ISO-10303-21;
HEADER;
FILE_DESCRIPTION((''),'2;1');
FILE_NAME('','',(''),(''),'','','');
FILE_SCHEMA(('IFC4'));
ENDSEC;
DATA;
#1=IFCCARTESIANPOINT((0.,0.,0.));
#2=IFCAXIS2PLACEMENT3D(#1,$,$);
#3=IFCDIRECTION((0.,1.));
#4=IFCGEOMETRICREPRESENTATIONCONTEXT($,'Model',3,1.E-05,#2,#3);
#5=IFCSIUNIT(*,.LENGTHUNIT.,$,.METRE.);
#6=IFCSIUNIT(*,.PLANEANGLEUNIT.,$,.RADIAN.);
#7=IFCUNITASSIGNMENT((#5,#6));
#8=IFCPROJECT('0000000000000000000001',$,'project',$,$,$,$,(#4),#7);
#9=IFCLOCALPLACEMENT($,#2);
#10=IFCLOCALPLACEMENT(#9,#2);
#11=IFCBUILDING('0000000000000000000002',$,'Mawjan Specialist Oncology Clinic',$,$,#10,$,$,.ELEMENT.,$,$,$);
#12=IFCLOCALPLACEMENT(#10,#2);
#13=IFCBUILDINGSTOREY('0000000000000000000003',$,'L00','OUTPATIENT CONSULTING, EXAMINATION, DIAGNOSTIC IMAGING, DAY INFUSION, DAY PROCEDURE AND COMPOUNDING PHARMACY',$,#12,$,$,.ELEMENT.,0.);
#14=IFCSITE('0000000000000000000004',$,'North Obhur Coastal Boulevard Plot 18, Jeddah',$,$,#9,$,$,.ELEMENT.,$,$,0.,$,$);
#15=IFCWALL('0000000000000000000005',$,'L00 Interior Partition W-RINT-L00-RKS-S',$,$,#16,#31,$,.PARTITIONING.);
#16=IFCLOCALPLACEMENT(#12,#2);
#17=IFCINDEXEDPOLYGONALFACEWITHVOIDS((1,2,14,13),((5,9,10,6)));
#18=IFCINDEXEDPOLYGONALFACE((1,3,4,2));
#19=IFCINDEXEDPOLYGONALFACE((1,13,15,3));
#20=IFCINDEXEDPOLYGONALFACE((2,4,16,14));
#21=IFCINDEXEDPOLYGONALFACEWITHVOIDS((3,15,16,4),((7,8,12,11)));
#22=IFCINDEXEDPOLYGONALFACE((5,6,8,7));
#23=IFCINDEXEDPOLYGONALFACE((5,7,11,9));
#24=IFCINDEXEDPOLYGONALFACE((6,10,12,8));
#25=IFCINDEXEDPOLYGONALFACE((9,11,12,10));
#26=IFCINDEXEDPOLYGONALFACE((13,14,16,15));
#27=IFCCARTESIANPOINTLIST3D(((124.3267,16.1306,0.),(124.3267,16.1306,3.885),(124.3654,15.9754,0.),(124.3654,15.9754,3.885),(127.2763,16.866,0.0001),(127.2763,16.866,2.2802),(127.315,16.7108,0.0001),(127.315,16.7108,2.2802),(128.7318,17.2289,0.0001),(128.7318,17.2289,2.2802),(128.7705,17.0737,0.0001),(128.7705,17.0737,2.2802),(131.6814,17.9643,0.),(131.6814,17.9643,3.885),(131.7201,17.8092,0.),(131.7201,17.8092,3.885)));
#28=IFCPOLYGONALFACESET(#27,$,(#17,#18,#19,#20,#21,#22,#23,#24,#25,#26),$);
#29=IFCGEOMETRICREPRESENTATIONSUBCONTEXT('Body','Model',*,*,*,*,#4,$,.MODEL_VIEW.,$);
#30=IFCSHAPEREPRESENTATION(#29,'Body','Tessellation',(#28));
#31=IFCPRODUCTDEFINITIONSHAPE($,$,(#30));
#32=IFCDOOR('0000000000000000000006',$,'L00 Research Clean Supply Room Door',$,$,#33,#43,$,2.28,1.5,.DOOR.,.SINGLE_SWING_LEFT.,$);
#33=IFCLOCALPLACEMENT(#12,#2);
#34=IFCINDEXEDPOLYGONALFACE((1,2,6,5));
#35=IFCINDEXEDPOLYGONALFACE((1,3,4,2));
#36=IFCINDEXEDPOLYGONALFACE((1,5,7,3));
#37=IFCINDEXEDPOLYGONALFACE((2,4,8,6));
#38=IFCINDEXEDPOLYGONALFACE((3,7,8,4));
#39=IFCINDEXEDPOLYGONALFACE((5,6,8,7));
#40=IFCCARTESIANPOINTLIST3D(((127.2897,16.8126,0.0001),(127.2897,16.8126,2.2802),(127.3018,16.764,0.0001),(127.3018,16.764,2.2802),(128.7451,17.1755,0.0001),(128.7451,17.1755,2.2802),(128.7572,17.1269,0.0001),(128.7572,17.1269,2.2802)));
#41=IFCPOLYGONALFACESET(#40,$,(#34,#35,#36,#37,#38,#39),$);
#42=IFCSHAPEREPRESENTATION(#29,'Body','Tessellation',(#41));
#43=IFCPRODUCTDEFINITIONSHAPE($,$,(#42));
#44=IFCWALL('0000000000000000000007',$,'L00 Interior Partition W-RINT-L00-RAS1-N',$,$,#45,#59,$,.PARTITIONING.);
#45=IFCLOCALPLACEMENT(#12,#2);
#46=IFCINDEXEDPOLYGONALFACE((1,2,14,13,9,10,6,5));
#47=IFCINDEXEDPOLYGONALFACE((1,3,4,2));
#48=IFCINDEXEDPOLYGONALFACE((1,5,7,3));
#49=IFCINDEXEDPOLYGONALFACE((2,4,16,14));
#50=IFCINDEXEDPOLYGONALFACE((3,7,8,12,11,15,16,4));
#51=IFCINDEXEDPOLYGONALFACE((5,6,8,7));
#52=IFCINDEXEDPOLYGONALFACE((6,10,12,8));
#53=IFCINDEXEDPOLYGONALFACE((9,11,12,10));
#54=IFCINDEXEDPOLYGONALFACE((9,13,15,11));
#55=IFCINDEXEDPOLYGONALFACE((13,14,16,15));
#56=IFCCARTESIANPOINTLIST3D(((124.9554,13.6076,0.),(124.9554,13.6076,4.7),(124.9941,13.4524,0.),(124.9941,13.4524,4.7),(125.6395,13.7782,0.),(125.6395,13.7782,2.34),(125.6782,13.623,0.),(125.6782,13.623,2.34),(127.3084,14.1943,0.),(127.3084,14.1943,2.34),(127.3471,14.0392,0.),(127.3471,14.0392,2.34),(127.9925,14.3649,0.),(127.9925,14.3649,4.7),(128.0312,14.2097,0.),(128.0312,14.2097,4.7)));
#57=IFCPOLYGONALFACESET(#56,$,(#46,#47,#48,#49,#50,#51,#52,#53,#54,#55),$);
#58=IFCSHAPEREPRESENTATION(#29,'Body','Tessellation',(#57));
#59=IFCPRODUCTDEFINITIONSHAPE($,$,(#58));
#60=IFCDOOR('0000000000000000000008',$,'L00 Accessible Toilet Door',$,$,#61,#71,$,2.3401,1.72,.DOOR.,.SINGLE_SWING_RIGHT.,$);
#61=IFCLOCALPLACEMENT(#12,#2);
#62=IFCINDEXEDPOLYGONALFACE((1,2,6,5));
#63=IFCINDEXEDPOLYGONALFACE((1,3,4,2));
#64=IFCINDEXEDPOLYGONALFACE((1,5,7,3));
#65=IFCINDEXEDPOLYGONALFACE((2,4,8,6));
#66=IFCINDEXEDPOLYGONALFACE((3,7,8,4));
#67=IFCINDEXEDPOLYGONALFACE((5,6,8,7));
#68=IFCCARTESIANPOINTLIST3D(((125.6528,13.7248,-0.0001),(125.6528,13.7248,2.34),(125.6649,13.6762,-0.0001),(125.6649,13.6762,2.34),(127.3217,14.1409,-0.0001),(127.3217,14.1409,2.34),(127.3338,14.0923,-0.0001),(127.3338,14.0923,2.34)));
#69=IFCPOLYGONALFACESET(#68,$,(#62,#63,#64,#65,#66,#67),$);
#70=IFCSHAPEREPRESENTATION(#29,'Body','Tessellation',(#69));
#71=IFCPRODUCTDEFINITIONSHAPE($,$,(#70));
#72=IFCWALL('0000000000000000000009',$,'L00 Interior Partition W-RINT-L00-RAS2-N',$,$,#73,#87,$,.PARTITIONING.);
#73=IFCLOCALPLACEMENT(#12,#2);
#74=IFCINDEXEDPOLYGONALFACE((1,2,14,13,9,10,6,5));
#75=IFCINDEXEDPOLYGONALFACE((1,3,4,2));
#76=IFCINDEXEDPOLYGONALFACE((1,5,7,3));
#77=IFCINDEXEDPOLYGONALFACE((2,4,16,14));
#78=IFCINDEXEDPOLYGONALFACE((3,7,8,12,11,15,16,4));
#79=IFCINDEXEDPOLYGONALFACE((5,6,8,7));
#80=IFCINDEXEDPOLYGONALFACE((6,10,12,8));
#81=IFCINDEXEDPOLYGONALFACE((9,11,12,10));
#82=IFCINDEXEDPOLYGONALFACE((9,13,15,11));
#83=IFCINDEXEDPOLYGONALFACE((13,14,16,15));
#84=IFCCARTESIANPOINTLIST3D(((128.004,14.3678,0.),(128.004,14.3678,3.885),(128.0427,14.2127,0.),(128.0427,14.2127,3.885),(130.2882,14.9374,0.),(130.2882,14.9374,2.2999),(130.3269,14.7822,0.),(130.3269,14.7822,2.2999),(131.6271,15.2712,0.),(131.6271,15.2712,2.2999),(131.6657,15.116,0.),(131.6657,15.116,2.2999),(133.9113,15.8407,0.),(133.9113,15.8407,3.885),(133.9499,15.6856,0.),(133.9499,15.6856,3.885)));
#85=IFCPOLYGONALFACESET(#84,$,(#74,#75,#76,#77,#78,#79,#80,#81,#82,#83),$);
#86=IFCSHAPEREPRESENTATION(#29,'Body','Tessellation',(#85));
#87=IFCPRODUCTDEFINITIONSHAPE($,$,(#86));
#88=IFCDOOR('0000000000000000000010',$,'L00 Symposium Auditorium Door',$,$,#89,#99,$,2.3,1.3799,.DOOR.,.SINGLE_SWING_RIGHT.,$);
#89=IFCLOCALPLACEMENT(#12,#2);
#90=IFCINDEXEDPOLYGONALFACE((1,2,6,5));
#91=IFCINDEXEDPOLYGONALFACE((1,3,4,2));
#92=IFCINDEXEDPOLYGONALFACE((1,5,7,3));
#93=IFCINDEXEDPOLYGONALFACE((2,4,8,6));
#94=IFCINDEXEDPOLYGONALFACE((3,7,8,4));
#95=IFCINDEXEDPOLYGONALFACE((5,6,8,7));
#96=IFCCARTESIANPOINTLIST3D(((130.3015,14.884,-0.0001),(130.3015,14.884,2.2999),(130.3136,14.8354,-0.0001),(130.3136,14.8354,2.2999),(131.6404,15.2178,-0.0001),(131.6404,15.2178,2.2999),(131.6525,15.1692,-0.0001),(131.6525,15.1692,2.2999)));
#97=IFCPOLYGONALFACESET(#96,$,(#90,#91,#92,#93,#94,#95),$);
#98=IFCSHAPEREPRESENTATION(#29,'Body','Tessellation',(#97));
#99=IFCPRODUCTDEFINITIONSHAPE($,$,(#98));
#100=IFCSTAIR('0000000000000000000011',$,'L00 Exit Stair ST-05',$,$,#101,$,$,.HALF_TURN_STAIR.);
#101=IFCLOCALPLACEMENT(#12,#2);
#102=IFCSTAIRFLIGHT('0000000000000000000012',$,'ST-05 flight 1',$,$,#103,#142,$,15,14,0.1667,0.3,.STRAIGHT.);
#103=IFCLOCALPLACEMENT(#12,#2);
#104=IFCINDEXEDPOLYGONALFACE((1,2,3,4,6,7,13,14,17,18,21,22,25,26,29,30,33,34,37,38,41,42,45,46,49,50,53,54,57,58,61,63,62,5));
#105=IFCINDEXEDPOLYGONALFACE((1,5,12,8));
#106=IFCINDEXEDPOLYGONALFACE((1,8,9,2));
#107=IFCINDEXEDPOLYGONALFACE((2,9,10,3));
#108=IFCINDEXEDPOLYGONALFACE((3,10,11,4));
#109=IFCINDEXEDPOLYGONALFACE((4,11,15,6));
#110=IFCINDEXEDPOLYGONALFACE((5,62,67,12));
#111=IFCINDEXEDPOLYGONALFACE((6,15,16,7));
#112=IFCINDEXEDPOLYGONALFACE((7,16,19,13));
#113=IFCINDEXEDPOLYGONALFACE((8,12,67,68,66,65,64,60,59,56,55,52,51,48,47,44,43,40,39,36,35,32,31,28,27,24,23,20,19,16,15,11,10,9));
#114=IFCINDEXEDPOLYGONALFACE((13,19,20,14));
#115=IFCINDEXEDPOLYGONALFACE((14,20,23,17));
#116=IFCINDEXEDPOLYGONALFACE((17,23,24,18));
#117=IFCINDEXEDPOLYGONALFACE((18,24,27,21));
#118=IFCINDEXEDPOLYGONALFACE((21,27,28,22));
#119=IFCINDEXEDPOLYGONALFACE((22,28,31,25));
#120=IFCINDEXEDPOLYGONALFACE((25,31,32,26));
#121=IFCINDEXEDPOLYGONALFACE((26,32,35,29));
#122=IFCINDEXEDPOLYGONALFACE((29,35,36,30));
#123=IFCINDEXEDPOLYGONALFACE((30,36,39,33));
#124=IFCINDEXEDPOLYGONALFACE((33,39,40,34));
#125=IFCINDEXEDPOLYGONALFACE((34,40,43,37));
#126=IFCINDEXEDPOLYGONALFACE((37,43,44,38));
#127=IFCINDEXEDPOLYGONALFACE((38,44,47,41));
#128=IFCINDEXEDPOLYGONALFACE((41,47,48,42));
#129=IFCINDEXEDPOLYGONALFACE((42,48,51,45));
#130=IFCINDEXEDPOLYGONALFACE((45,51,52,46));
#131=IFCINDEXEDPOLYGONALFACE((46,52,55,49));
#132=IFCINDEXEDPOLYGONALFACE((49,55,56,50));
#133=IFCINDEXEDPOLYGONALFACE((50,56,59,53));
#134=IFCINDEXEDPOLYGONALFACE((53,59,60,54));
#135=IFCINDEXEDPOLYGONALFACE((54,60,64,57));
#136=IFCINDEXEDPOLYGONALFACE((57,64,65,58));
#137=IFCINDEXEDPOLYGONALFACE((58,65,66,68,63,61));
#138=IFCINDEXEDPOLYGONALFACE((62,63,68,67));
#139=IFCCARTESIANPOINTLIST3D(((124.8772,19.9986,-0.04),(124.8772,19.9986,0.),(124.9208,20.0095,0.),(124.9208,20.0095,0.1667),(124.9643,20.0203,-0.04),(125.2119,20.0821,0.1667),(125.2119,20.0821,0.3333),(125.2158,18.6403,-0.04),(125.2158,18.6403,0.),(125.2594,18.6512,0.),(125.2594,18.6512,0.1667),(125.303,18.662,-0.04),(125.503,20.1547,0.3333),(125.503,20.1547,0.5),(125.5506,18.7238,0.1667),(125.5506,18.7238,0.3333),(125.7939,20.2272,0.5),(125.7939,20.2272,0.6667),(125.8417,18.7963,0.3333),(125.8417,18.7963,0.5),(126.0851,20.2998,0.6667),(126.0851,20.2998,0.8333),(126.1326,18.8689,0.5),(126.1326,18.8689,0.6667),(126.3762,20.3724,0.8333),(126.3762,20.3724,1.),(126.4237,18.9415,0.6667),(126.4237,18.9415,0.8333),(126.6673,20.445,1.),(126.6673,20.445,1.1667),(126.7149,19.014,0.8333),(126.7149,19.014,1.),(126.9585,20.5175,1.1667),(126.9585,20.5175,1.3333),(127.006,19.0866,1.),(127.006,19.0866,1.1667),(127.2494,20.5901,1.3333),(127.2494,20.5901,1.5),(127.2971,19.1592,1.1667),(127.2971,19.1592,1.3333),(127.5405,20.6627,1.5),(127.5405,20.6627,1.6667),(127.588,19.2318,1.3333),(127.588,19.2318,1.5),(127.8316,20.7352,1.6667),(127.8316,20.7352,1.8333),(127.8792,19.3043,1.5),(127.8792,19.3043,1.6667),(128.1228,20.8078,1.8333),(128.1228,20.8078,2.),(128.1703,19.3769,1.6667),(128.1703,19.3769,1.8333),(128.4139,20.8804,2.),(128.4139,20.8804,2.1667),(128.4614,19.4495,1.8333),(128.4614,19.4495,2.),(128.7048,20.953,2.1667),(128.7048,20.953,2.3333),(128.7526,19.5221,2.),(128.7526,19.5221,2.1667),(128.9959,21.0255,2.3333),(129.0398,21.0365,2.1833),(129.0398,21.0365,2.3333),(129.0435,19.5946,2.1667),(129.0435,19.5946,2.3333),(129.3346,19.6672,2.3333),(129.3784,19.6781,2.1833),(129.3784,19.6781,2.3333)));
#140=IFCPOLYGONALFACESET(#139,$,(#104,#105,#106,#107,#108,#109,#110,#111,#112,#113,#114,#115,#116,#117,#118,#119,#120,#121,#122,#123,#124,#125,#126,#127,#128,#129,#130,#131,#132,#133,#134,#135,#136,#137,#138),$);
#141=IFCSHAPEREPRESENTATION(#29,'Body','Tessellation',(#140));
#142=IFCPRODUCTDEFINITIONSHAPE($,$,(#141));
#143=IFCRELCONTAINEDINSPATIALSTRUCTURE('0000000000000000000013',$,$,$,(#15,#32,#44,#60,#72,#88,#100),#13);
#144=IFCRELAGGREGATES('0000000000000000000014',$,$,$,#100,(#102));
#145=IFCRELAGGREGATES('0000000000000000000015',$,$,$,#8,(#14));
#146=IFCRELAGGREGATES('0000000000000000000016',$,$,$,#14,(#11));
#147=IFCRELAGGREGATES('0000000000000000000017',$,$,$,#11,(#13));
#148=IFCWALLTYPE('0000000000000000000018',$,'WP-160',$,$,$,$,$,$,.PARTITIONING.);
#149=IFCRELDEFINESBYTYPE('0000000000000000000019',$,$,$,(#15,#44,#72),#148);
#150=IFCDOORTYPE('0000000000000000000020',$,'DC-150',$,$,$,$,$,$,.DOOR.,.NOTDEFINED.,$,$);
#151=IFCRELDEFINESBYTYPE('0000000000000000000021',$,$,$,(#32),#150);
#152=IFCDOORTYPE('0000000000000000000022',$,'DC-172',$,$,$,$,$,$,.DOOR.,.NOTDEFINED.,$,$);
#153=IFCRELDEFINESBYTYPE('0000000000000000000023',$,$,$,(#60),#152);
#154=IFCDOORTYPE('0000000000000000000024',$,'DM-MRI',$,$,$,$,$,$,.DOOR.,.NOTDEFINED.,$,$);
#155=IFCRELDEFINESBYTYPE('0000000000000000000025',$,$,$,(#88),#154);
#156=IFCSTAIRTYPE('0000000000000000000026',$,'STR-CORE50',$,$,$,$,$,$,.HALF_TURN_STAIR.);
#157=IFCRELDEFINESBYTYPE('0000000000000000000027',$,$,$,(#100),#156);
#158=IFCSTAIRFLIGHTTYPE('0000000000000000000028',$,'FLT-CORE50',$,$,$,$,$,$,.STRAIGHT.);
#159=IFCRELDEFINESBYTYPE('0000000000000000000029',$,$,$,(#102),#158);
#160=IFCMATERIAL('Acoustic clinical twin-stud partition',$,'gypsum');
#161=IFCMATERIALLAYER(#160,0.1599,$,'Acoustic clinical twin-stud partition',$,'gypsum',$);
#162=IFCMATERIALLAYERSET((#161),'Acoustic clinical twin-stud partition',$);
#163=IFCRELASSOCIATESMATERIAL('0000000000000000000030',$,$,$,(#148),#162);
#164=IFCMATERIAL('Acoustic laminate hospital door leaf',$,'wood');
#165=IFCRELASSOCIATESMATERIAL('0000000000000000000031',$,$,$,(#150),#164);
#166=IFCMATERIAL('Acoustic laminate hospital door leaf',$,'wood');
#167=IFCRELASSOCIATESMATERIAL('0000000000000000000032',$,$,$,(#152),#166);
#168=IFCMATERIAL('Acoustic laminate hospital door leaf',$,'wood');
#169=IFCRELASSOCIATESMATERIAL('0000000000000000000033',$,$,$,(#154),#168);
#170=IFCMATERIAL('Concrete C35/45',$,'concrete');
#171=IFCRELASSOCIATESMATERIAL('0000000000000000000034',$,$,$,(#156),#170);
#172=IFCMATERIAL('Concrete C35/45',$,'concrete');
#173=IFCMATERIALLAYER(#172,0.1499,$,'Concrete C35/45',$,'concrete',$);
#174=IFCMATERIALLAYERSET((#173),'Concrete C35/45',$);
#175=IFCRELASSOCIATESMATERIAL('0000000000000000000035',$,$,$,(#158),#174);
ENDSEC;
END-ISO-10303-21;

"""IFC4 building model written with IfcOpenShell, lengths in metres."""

from ifc_helpers import new_model, si_unit, direction, frame, frame_2d, origin, place, context, subcontext, project, spatial, polyline, rectangle, outline, extrude, material, layer, layer_set, type_object, element, fill, aggregate, save


model = new_model("IFC4")

# Units and contexts
model_context = context("Model", 3, precision=1e-05, world=origin(), true_north=direction((0.0, 1.0)))
body_context = subcontext(model_context, "Body", "Model", "MODEL_VIEW")
ifc_project = project(units=[si_unit("LENGTHUNIT", "METRE"), si_unit("PLANEANGLEUNIT", "RADIAN")], contexts=[model_context])

# Site, building, storey
site_placement = place(None, origin())
site = spatial("IfcSite", under=ifc_project, at=site_placement, Name="North Obhur Coastal Boulevard Plot 18, Jeddah", CompositionType="ELEMENT", RefElevation=0.0)
building_placement = place(site_placement, origin())
building = spatial("IfcBuilding", under=site, at=building_placement, Name="Mawjan Specialist Oncology Clinic", CompositionType="ELEMENT")
storey_placement = place(building_placement, origin())
storey = spatial("IfcBuildingStorey", under=building, at=storey_placement, Name="L00", Description="OUTPATIENT CONSULTING, EXAMINATION, DIAGNOSTIC IMAGING, DAY INFUSION, DAY PROCEDURE AND COMPOUNDING PHARMACY", CompositionType="ELEMENT", Elevation=0.0)

# Walls, openings, doors
ifc_material_1 = material(Name="Acoustic clinical twin-stud partition", Category="gypsum")
ifc_layer_1 = layer(ifc_material_1, 0.1599, Name="Acoustic clinical twin-stud partition", Category="gypsum")
ifc_layer_set_1 = layer_set([ifc_layer_1], Name="Acoustic clinical twin-stud partition")
wall_type_1 = type_object("IfcWallType", Name="WP-160", PredefinedType="PARTITIONING", material=ifc_layer_set_1)
wall_1_placement = place(storey_placement, frame((124.3459, 16.053, 0.0), z_axis=(0.0, 0.0, 1.0), x_axis=(0.970296, 0.241922, 0.0)))
wall_1 = element("IfcWall", 1, at=wall_1_placement, inside=storey, type_object=wall_type_1, Name="L00 Interior Partition W-RINT-L00-RKS-S", PredefinedType="PARTITIONING", context=body_context, shape_type="SweptSolid", body=[
    extrude(rectangle(XDim=7.5798, YDim=0.1599, at=frame_2d((3.79, 0.0))), origin(), (0.0, 0.0, 1.0), 3.885),
])
opening_1_placement = place(wall_1_placement, frame((3.04, 0.0, 0.0)))
opening_1 = element("IfcOpeningElement", 2, at=opening_1_placement, cuts=wall_1, PredefinedType="OPENING", context=body_context, shape_type="SweptSolid", body=[
    extrude(rectangle(XDim=1.5, YDim=2.28, at=frame_2d((0.75, 1.1401))), frame((0.0, 0.092, 0.0), z_axis=(0.0, -1.0, 0.0), x_axis=(1.0, 0.0, 0.0)), (0.0, 0.0, 1.0), 0.1838),
])
ifc_material_2 = material(Name="Acoustic laminate hospital door leaf", Category="wood")
door_type_1 = type_object("IfcDoorType", Name="DC-150", OperationType="NOTDEFINED", PredefinedType="DOOR", material=ifc_material_2)
door_1_placement = place(opening_1_placement, origin())
door_1 = element("IfcDoor", 3, at=door_1_placement, inside=storey, type_object=door_type_1, Name="L00 Research Clean Supply Room Door", OperationType="SINGLE_SWING_LEFT", OverallHeight=2.28, OverallWidth=1.5, PredefinedType="DOOR", context=body_context, shape_type="SweptSolid", body=[
    extrude(rectangle(XDim=1.5, YDim=2.28, at=frame_2d((0.75, 1.1401))), frame((0.0, 0.0249, 0.0), z_axis=(0.0, -1.0, 0.0), x_axis=(1.0, 0.0, 0.0)), (0.0, 0.0, 1.0), 0.05),
])
fill(opening_1, door_1)
wall_2_placement = place(storey_placement, frame((124.9749, 13.53, 0.0), z_axis=(0.0, 0.0, 1.0), x_axis=(0.970289, 0.241948, 0.0)))
wall_2 = element("IfcWall", 4, at=wall_2_placement, inside=storey, type_object=wall_type_1, Name="L00 Interior Partition W-RINT-L00-RAS1-N", PredefinedType="PARTITIONING", context=body_context, shape_type="SweptSolid", body=[
    extrude(rectangle(XDim=3.1301, YDim=0.1599, at=frame_2d((1.5649, 0.0))), origin(), (0.0, 0.0, 1.0), 4.7),
])
opening_2_placement = place(wall_2_placement, frame((0.7051, 0.0, 0.0)))
opening_2 = element("IfcOpeningElement", 5, at=opening_2_placement, cuts=wall_2, PredefinedType="OPENING", context=body_context, shape_type="SweptSolid", body=[
    extrude(rectangle(XDim=1.72, YDim=2.3401, at=frame_2d((0.8599, 1.1699))), frame((0.0, 0.092, 0.0), z_axis=(0.0, -1.0, 0.0), x_axis=(1.0, 0.0, 0.0)), (0.0, 0.0, 1.0), 0.1838),
])
ifc_material_3 = material(Name="Acoustic laminate hospital door leaf", Category="wood")
door_type_2 = type_object("IfcDoorType", Name="DC-172", OperationType="NOTDEFINED", PredefinedType="DOOR", material=ifc_material_3)
door_2_placement = place(opening_2_placement, origin())
door_2 = element("IfcDoor", 6, at=door_2_placement, inside=storey, type_object=door_type_2, Name="L00 Accessible Toilet Door", OperationType="SINGLE_SWING_RIGHT", OverallHeight=2.3401, OverallWidth=1.72, PredefinedType="DOOR", context=body_context, shape_type="SweptSolid", body=[
    extrude(rectangle(XDim=1.72, YDim=2.3401, at=frame_2d((0.8599, 1.1699))), frame((0.0, 0.0249, 0.0), z_axis=(0.0, -1.0, 0.0), x_axis=(1.0, 0.0, 0.0)), (0.0, 0.0, 1.0), 0.05),
])
fill(opening_2, door_2)
wall_3_placement = place(storey_placement, frame((128.0234, 14.2903, 0.0), z_axis=(0.0, 0.0, 1.0), x_axis=(0.970293, 0.241932, 0.0)))
wall_3 = element("IfcWall", 7, at=wall_3_placement, inside=storey, type_object=wall_type_1, Name="L00 Interior Partition W-RINT-L00-RAS2-N", PredefinedType="PARTITIONING", context=body_context, shape_type="SweptSolid", body=[
    extrude(rectangle(XDim=6.0881, YDim=0.1599, at=frame_2d((3.0439, 0.0))), origin(), (0.0, 0.0, 1.0), 3.885),
])
opening_3_placement = place(wall_3_placement, frame((2.354, 0.0, 0.0)))
opening_3 = element("IfcOpeningElement", 8, at=opening_3_placement, cuts=wall_3, PredefinedType="OPENING", context=body_context, shape_type="SweptSolid", body=[
    extrude(rectangle(XDim=1.3799, YDim=2.3, at=frame_2d((0.6899, 1.1499))), frame((0.0, 0.092, 0.0), z_axis=(0.0, -1.0, 0.0), x_axis=(1.0, 0.0, 0.0)), (0.0, 0.0, 1.0), 0.1838),
])
ifc_material_4 = material(Name="Acoustic laminate hospital door leaf", Category="wood")
door_type_3 = type_object("IfcDoorType", Name="DM-MRI", OperationType="NOTDEFINED", PredefinedType="DOOR", material=ifc_material_4)
door_3_placement = place(opening_3_placement, origin())
door_3 = element("IfcDoor", 9, at=door_3_placement, inside=storey, type_object=door_type_3, Name="L00 Symposium Auditorium Door", OperationType="SINGLE_SWING_RIGHT", OverallHeight=2.3, OverallWidth=1.3799, PredefinedType="DOOR", context=body_context, shape_type="SweptSolid", body=[
    extrude(rectangle(XDim=1.3799, YDim=2.3, at=frame_2d((0.6899, 1.1499))), frame((0.0, 0.0249, 0.0), z_axis=(0.0, -1.0, 0.0), x_axis=(1.0, 0.0, 0.0)), (0.0, 0.0, 1.0), 0.05),
])
fill(opening_3, door_3)

# Stair, stair flight
ifc_material_5 = material(Name="Concrete C35/45", Category="concrete")
stair_type = type_object("IfcStairType", Name="STR-CORE50", PredefinedType="HALF_TURN_STAIR", material=ifc_material_5)
stair_placement = place(storey_placement, origin())
stair = element("IfcStair", 10, at=stair_placement, inside=storey, type_object=stair_type, Name="L00 Exit Stair ST-05", PredefinedType="HALF_TURN_STAIR")
ifc_material_6 = material(Name="Concrete C35/45", Category="concrete")
ifc_layer_2 = layer(ifc_material_6, 0.1499, Name="Concrete C35/45", Category="concrete")
ifc_layer_set_2 = layer_set([ifc_layer_2], Name="Concrete C35/45")
stair_flight_type = type_object("IfcStairFlightType", Name="FLT-CORE50", PredefinedType="STRAIGHT", material=ifc_layer_set_2)
stair_flight_placement = place(storey_placement, frame((125.0901, 19.3303, 0.0), z_axis=(0.0, 0.0, 1.0), x_axis=(0.970296, 0.241922, 0.0)))
stair_flight = element("IfcStairFlight", 11, at=stair_flight_placement, type_object=stair_flight_type, Name="ST-05 flight 1", NumberOfRisers=15, NumberOfTreads=14, PredefinedType="STRAIGHT", RiserHeight=0.1667, TreadLength=0.3, context=body_context, shape_type="SweptSolid", body=[
    extrude(outline(polyline([(-0.0449, -0.04), (-0.0449, 0.0), (0.0, 0.0), (0.0, 0.1667), (0.3, 0.1667), (0.3, 0.3333), (0.6001, 0.3333), (0.6001, 0.5), (0.8999, 0.5), (0.8999, 0.6667), (1.2, 0.6667), (1.2, 0.8333), (1.5, 0.8333), (1.5, 1.0), (1.8, 1.0), (1.8, 1.1667), (2.1001, 1.1667), (2.1001, 1.3333), (2.3999, 1.3333), (2.3999, 1.5), (2.7, 1.5), (2.7, 1.6667), (3.0, 1.6667), (3.0, 1.8333), (3.3, 1.8333), (3.3, 2.0), (3.6001, 2.0), (3.6001, 2.1667), (3.8999, 2.1667), (3.8999, 2.3333), (4.2, 2.3333), (4.2451, 2.3333), (4.2451, 2.1833), (0.0449, -0.04), (-0.0449, -0.04)])), frame((0.0, 0.7, 0.0), z_axis=(0.0, -1.0, 0.0), x_axis=(1.0, 0.0, 0.0)), (0.0, 0.0, 1.0), 1.3999),
])
aggregate(stair, [stair_flight])

save(model, "model.ifc")
